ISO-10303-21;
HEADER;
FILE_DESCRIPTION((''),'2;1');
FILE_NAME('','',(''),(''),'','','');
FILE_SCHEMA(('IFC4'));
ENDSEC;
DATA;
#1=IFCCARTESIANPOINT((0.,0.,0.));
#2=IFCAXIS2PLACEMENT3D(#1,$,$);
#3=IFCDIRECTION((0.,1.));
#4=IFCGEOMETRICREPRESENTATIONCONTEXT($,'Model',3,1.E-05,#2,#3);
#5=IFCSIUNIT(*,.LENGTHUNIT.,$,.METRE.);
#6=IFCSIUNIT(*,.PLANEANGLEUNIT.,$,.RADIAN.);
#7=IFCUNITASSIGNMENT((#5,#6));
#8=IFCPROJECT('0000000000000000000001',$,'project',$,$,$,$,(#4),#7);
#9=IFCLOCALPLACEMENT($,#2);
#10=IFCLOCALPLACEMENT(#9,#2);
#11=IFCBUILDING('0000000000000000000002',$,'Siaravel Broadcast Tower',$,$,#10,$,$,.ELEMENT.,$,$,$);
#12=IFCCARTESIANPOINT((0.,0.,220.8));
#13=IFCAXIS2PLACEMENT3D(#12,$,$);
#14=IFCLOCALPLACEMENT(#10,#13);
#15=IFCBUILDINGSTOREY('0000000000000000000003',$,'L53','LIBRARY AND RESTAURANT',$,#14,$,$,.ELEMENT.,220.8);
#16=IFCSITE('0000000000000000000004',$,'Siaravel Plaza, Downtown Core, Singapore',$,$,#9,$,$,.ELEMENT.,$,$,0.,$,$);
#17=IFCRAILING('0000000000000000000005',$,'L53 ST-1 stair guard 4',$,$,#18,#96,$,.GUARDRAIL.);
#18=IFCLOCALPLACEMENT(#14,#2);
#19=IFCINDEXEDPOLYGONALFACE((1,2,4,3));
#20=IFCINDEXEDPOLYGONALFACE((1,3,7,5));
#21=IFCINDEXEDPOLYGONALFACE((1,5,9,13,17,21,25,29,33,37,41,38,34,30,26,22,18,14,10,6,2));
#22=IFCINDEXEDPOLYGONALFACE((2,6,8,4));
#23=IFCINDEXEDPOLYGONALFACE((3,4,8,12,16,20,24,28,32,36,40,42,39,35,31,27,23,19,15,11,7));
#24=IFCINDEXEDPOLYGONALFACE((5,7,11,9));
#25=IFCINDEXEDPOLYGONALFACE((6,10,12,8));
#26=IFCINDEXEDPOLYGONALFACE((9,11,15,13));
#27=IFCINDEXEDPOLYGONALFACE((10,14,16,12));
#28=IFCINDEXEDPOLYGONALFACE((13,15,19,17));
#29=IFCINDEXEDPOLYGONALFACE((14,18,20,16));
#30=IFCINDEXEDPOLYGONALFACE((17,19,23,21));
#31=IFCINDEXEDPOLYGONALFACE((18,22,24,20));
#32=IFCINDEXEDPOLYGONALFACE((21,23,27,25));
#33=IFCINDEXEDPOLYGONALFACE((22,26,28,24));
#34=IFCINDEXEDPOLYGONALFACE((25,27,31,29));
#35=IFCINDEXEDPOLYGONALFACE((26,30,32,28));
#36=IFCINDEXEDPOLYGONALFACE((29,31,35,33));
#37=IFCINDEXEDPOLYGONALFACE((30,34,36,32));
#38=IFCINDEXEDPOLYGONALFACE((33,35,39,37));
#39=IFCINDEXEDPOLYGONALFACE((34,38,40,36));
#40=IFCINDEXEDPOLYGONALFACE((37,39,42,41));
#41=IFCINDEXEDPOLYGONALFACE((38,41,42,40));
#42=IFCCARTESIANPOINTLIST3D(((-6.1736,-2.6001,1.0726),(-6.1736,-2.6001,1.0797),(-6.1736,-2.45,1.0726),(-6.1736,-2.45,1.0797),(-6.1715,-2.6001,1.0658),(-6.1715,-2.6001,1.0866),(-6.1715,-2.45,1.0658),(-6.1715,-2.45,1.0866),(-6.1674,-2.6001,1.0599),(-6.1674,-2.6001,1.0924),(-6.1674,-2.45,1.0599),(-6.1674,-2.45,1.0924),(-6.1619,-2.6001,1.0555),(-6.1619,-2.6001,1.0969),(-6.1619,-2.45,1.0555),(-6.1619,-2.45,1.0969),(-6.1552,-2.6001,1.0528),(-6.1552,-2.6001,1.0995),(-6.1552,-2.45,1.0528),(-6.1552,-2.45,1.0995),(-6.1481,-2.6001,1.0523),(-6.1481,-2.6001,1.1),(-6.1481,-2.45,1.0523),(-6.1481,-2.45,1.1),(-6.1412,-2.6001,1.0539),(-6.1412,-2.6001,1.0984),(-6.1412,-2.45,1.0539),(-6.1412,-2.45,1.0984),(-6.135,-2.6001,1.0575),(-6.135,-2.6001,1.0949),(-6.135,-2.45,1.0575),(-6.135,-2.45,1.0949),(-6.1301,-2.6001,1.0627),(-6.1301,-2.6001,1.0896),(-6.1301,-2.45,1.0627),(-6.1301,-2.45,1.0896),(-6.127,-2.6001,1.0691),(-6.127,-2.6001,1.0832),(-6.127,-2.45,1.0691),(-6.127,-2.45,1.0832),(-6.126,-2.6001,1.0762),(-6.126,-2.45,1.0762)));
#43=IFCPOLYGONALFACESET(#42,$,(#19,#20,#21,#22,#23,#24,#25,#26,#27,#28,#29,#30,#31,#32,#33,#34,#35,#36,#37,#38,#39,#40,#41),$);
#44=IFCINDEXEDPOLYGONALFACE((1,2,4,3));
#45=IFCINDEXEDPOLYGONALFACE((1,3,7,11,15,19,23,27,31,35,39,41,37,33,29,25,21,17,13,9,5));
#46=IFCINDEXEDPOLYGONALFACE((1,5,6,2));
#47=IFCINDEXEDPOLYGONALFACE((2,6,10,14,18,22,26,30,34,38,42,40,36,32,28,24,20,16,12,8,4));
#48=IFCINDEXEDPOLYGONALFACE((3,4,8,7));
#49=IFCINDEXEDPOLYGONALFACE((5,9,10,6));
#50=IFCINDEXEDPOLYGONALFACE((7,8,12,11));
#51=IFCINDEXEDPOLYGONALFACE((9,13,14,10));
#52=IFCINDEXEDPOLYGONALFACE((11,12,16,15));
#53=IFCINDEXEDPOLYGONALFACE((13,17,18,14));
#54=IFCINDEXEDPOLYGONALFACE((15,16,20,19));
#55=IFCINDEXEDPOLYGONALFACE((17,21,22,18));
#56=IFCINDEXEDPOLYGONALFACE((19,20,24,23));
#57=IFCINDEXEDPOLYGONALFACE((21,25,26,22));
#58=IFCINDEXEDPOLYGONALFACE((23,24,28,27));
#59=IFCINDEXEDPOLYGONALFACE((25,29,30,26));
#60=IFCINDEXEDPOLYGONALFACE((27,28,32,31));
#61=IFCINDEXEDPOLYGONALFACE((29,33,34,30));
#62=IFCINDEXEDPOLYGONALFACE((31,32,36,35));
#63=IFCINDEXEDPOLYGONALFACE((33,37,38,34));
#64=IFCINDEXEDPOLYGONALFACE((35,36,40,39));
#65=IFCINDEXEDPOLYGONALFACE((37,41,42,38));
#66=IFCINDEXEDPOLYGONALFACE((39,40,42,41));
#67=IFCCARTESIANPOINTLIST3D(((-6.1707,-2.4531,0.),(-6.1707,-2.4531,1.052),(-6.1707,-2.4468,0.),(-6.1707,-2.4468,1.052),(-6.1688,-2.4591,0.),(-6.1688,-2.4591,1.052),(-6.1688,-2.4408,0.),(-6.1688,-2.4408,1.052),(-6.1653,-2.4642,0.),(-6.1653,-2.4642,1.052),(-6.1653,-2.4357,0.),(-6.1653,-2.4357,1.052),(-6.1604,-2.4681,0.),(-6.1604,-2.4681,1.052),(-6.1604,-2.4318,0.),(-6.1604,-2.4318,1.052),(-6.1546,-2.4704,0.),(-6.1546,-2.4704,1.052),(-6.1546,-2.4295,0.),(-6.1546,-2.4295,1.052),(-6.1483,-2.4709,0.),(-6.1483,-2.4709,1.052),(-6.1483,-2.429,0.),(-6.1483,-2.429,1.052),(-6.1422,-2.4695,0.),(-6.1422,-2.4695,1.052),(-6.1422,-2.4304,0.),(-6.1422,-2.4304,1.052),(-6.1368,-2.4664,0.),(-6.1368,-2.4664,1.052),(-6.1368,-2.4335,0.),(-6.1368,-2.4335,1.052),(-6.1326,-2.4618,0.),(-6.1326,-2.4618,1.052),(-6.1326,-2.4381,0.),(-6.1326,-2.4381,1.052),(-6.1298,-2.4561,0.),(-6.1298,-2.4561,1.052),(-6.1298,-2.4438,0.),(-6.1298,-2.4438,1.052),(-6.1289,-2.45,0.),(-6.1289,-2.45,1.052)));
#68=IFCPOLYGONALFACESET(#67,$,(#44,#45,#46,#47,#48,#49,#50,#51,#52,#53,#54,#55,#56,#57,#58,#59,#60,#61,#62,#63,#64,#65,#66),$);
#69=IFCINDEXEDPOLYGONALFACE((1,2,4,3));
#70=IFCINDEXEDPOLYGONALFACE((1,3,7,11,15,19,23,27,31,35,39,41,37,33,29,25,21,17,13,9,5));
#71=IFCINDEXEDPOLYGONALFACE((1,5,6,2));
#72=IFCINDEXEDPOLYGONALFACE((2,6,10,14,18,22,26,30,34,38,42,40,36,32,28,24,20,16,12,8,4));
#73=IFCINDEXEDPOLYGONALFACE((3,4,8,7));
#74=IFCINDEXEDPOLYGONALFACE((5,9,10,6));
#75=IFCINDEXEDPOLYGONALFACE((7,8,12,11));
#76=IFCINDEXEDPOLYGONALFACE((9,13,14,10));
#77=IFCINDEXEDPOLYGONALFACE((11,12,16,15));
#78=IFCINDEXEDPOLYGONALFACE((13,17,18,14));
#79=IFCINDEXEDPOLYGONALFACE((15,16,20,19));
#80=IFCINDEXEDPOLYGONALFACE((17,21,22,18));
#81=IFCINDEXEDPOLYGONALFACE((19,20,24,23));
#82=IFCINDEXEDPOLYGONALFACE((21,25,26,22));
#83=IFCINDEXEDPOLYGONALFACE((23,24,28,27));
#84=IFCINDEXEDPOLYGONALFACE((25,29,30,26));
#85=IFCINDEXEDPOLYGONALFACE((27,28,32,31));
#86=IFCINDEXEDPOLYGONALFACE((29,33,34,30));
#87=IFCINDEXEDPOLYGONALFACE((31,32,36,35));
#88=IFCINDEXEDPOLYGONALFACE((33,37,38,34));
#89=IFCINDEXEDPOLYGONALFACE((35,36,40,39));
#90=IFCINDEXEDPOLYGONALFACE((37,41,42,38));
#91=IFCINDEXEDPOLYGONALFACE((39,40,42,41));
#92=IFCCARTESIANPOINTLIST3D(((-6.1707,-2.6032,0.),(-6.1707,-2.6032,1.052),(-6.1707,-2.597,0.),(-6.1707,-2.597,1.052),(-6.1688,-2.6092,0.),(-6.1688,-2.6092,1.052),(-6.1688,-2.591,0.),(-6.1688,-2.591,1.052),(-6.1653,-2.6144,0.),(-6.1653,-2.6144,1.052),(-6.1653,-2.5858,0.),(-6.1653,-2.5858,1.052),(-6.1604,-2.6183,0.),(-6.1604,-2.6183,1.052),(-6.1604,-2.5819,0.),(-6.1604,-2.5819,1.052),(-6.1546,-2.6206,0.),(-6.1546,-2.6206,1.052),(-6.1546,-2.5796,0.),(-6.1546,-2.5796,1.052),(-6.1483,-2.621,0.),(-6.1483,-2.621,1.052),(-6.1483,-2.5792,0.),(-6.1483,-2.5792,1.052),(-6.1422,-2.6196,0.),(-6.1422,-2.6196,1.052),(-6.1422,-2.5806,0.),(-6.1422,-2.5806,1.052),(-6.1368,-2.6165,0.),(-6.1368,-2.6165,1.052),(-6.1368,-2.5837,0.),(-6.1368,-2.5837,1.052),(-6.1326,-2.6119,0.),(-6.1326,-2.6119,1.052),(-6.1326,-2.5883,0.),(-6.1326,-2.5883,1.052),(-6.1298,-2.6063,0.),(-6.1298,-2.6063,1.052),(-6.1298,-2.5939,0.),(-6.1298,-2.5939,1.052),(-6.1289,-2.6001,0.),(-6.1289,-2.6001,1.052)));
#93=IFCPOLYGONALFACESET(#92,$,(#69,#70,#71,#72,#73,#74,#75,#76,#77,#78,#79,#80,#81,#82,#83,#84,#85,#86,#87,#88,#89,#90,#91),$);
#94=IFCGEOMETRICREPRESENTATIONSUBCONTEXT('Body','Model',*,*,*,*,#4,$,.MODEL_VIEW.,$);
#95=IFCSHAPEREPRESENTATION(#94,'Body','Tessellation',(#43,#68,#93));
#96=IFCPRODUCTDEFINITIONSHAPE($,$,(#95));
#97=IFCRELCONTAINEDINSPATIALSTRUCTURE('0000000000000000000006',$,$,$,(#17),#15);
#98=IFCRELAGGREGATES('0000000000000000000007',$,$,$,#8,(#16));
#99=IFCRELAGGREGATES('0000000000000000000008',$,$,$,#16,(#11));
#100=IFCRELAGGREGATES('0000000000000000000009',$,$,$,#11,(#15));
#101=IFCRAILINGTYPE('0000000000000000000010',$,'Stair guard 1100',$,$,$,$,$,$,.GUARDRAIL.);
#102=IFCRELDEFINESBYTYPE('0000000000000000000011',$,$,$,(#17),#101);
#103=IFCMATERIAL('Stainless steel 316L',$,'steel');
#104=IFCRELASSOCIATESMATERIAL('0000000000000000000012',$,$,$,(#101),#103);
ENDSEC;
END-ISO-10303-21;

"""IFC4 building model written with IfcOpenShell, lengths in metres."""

from ifc_helpers import new_model, si_unit, direction, frame, origin, origin_2d, place, context, subcontext, project, spatial, circle, extrude, material, type_object, element, save


model = new_model("IFC4")

# Units and contexts
model_context = context("Model", 3, precision=1e-05, world=origin(), true_north=direction((0.0, 1.0)))
body_context = subcontext(model_context, "Body", "Model", "MODEL_VIEW")
ifc_project = project(units=[si_unit("LENGTHUNIT", "METRE"), si_unit("PLANEANGLEUNIT", "RADIAN")], contexts=[model_context])

# Site, building, storey
site_placement = place(None, origin())
site = spatial("IfcSite", under=ifc_project, at=site_placement, Name="Siaravel Plaza, Downtown Core, Singapore", CompositionType="ELEMENT", RefElevation=0.0)
building_placement = place(site_placement, origin())
building = spatial("IfcBuilding", under=site, at=building_placement, Name="Siaravel Broadcast Tower", CompositionType="ELEMENT")
storey_placement = place(building_placement, frame((0.0, 0.0, 220.8)))
storey = spatial("IfcBuildingStorey", under=building, at=storey_placement, Name="L53", Description="LIBRARY AND RESTAURANT", CompositionType="ELEMENT", Elevation=220.8)

# Shared definitions
ifc_material_1 = material(Name="Stainless steel 316L", Category="steel")

# Railing
railing_type_1 = type_object("IfcRailingType", Name="Stair guard 1100", PredefinedType="GUARDRAIL", material=ifc_material_1)
railing_1_placement = place(storey_placement, frame((-6.1499, -2.45, 0.0)))
element("IfcRailing", 1, at=railing_1_placement, inside=storey, type_object=railing_type_1, Name="L53 ST-1 stair guard 4", PredefinedType="GUARDRAIL", context=body_context, shape_type="SweptSolid", body=[
    extrude(circle(Radius=0.0239, at=origin_2d()), frame((0.0, 0.0, 1.0762), z_axis=(0.0, -1.0, 0.0), x_axis=(1.0, 0.0, 0.0)), (0.0, 0.0, 1.0), 0.1501),
    extrude(circle(Radius=0.021, at=origin_2d()), origin(), (0.0, 0.0, 1.0), 1.052),
    extrude(circle(Radius=0.021, at=origin_2d()), frame((0.0, -0.1501, 0.0)), (0.0, 0.0, 1.0), 1.052),
])

save(model, "model.ifc")
